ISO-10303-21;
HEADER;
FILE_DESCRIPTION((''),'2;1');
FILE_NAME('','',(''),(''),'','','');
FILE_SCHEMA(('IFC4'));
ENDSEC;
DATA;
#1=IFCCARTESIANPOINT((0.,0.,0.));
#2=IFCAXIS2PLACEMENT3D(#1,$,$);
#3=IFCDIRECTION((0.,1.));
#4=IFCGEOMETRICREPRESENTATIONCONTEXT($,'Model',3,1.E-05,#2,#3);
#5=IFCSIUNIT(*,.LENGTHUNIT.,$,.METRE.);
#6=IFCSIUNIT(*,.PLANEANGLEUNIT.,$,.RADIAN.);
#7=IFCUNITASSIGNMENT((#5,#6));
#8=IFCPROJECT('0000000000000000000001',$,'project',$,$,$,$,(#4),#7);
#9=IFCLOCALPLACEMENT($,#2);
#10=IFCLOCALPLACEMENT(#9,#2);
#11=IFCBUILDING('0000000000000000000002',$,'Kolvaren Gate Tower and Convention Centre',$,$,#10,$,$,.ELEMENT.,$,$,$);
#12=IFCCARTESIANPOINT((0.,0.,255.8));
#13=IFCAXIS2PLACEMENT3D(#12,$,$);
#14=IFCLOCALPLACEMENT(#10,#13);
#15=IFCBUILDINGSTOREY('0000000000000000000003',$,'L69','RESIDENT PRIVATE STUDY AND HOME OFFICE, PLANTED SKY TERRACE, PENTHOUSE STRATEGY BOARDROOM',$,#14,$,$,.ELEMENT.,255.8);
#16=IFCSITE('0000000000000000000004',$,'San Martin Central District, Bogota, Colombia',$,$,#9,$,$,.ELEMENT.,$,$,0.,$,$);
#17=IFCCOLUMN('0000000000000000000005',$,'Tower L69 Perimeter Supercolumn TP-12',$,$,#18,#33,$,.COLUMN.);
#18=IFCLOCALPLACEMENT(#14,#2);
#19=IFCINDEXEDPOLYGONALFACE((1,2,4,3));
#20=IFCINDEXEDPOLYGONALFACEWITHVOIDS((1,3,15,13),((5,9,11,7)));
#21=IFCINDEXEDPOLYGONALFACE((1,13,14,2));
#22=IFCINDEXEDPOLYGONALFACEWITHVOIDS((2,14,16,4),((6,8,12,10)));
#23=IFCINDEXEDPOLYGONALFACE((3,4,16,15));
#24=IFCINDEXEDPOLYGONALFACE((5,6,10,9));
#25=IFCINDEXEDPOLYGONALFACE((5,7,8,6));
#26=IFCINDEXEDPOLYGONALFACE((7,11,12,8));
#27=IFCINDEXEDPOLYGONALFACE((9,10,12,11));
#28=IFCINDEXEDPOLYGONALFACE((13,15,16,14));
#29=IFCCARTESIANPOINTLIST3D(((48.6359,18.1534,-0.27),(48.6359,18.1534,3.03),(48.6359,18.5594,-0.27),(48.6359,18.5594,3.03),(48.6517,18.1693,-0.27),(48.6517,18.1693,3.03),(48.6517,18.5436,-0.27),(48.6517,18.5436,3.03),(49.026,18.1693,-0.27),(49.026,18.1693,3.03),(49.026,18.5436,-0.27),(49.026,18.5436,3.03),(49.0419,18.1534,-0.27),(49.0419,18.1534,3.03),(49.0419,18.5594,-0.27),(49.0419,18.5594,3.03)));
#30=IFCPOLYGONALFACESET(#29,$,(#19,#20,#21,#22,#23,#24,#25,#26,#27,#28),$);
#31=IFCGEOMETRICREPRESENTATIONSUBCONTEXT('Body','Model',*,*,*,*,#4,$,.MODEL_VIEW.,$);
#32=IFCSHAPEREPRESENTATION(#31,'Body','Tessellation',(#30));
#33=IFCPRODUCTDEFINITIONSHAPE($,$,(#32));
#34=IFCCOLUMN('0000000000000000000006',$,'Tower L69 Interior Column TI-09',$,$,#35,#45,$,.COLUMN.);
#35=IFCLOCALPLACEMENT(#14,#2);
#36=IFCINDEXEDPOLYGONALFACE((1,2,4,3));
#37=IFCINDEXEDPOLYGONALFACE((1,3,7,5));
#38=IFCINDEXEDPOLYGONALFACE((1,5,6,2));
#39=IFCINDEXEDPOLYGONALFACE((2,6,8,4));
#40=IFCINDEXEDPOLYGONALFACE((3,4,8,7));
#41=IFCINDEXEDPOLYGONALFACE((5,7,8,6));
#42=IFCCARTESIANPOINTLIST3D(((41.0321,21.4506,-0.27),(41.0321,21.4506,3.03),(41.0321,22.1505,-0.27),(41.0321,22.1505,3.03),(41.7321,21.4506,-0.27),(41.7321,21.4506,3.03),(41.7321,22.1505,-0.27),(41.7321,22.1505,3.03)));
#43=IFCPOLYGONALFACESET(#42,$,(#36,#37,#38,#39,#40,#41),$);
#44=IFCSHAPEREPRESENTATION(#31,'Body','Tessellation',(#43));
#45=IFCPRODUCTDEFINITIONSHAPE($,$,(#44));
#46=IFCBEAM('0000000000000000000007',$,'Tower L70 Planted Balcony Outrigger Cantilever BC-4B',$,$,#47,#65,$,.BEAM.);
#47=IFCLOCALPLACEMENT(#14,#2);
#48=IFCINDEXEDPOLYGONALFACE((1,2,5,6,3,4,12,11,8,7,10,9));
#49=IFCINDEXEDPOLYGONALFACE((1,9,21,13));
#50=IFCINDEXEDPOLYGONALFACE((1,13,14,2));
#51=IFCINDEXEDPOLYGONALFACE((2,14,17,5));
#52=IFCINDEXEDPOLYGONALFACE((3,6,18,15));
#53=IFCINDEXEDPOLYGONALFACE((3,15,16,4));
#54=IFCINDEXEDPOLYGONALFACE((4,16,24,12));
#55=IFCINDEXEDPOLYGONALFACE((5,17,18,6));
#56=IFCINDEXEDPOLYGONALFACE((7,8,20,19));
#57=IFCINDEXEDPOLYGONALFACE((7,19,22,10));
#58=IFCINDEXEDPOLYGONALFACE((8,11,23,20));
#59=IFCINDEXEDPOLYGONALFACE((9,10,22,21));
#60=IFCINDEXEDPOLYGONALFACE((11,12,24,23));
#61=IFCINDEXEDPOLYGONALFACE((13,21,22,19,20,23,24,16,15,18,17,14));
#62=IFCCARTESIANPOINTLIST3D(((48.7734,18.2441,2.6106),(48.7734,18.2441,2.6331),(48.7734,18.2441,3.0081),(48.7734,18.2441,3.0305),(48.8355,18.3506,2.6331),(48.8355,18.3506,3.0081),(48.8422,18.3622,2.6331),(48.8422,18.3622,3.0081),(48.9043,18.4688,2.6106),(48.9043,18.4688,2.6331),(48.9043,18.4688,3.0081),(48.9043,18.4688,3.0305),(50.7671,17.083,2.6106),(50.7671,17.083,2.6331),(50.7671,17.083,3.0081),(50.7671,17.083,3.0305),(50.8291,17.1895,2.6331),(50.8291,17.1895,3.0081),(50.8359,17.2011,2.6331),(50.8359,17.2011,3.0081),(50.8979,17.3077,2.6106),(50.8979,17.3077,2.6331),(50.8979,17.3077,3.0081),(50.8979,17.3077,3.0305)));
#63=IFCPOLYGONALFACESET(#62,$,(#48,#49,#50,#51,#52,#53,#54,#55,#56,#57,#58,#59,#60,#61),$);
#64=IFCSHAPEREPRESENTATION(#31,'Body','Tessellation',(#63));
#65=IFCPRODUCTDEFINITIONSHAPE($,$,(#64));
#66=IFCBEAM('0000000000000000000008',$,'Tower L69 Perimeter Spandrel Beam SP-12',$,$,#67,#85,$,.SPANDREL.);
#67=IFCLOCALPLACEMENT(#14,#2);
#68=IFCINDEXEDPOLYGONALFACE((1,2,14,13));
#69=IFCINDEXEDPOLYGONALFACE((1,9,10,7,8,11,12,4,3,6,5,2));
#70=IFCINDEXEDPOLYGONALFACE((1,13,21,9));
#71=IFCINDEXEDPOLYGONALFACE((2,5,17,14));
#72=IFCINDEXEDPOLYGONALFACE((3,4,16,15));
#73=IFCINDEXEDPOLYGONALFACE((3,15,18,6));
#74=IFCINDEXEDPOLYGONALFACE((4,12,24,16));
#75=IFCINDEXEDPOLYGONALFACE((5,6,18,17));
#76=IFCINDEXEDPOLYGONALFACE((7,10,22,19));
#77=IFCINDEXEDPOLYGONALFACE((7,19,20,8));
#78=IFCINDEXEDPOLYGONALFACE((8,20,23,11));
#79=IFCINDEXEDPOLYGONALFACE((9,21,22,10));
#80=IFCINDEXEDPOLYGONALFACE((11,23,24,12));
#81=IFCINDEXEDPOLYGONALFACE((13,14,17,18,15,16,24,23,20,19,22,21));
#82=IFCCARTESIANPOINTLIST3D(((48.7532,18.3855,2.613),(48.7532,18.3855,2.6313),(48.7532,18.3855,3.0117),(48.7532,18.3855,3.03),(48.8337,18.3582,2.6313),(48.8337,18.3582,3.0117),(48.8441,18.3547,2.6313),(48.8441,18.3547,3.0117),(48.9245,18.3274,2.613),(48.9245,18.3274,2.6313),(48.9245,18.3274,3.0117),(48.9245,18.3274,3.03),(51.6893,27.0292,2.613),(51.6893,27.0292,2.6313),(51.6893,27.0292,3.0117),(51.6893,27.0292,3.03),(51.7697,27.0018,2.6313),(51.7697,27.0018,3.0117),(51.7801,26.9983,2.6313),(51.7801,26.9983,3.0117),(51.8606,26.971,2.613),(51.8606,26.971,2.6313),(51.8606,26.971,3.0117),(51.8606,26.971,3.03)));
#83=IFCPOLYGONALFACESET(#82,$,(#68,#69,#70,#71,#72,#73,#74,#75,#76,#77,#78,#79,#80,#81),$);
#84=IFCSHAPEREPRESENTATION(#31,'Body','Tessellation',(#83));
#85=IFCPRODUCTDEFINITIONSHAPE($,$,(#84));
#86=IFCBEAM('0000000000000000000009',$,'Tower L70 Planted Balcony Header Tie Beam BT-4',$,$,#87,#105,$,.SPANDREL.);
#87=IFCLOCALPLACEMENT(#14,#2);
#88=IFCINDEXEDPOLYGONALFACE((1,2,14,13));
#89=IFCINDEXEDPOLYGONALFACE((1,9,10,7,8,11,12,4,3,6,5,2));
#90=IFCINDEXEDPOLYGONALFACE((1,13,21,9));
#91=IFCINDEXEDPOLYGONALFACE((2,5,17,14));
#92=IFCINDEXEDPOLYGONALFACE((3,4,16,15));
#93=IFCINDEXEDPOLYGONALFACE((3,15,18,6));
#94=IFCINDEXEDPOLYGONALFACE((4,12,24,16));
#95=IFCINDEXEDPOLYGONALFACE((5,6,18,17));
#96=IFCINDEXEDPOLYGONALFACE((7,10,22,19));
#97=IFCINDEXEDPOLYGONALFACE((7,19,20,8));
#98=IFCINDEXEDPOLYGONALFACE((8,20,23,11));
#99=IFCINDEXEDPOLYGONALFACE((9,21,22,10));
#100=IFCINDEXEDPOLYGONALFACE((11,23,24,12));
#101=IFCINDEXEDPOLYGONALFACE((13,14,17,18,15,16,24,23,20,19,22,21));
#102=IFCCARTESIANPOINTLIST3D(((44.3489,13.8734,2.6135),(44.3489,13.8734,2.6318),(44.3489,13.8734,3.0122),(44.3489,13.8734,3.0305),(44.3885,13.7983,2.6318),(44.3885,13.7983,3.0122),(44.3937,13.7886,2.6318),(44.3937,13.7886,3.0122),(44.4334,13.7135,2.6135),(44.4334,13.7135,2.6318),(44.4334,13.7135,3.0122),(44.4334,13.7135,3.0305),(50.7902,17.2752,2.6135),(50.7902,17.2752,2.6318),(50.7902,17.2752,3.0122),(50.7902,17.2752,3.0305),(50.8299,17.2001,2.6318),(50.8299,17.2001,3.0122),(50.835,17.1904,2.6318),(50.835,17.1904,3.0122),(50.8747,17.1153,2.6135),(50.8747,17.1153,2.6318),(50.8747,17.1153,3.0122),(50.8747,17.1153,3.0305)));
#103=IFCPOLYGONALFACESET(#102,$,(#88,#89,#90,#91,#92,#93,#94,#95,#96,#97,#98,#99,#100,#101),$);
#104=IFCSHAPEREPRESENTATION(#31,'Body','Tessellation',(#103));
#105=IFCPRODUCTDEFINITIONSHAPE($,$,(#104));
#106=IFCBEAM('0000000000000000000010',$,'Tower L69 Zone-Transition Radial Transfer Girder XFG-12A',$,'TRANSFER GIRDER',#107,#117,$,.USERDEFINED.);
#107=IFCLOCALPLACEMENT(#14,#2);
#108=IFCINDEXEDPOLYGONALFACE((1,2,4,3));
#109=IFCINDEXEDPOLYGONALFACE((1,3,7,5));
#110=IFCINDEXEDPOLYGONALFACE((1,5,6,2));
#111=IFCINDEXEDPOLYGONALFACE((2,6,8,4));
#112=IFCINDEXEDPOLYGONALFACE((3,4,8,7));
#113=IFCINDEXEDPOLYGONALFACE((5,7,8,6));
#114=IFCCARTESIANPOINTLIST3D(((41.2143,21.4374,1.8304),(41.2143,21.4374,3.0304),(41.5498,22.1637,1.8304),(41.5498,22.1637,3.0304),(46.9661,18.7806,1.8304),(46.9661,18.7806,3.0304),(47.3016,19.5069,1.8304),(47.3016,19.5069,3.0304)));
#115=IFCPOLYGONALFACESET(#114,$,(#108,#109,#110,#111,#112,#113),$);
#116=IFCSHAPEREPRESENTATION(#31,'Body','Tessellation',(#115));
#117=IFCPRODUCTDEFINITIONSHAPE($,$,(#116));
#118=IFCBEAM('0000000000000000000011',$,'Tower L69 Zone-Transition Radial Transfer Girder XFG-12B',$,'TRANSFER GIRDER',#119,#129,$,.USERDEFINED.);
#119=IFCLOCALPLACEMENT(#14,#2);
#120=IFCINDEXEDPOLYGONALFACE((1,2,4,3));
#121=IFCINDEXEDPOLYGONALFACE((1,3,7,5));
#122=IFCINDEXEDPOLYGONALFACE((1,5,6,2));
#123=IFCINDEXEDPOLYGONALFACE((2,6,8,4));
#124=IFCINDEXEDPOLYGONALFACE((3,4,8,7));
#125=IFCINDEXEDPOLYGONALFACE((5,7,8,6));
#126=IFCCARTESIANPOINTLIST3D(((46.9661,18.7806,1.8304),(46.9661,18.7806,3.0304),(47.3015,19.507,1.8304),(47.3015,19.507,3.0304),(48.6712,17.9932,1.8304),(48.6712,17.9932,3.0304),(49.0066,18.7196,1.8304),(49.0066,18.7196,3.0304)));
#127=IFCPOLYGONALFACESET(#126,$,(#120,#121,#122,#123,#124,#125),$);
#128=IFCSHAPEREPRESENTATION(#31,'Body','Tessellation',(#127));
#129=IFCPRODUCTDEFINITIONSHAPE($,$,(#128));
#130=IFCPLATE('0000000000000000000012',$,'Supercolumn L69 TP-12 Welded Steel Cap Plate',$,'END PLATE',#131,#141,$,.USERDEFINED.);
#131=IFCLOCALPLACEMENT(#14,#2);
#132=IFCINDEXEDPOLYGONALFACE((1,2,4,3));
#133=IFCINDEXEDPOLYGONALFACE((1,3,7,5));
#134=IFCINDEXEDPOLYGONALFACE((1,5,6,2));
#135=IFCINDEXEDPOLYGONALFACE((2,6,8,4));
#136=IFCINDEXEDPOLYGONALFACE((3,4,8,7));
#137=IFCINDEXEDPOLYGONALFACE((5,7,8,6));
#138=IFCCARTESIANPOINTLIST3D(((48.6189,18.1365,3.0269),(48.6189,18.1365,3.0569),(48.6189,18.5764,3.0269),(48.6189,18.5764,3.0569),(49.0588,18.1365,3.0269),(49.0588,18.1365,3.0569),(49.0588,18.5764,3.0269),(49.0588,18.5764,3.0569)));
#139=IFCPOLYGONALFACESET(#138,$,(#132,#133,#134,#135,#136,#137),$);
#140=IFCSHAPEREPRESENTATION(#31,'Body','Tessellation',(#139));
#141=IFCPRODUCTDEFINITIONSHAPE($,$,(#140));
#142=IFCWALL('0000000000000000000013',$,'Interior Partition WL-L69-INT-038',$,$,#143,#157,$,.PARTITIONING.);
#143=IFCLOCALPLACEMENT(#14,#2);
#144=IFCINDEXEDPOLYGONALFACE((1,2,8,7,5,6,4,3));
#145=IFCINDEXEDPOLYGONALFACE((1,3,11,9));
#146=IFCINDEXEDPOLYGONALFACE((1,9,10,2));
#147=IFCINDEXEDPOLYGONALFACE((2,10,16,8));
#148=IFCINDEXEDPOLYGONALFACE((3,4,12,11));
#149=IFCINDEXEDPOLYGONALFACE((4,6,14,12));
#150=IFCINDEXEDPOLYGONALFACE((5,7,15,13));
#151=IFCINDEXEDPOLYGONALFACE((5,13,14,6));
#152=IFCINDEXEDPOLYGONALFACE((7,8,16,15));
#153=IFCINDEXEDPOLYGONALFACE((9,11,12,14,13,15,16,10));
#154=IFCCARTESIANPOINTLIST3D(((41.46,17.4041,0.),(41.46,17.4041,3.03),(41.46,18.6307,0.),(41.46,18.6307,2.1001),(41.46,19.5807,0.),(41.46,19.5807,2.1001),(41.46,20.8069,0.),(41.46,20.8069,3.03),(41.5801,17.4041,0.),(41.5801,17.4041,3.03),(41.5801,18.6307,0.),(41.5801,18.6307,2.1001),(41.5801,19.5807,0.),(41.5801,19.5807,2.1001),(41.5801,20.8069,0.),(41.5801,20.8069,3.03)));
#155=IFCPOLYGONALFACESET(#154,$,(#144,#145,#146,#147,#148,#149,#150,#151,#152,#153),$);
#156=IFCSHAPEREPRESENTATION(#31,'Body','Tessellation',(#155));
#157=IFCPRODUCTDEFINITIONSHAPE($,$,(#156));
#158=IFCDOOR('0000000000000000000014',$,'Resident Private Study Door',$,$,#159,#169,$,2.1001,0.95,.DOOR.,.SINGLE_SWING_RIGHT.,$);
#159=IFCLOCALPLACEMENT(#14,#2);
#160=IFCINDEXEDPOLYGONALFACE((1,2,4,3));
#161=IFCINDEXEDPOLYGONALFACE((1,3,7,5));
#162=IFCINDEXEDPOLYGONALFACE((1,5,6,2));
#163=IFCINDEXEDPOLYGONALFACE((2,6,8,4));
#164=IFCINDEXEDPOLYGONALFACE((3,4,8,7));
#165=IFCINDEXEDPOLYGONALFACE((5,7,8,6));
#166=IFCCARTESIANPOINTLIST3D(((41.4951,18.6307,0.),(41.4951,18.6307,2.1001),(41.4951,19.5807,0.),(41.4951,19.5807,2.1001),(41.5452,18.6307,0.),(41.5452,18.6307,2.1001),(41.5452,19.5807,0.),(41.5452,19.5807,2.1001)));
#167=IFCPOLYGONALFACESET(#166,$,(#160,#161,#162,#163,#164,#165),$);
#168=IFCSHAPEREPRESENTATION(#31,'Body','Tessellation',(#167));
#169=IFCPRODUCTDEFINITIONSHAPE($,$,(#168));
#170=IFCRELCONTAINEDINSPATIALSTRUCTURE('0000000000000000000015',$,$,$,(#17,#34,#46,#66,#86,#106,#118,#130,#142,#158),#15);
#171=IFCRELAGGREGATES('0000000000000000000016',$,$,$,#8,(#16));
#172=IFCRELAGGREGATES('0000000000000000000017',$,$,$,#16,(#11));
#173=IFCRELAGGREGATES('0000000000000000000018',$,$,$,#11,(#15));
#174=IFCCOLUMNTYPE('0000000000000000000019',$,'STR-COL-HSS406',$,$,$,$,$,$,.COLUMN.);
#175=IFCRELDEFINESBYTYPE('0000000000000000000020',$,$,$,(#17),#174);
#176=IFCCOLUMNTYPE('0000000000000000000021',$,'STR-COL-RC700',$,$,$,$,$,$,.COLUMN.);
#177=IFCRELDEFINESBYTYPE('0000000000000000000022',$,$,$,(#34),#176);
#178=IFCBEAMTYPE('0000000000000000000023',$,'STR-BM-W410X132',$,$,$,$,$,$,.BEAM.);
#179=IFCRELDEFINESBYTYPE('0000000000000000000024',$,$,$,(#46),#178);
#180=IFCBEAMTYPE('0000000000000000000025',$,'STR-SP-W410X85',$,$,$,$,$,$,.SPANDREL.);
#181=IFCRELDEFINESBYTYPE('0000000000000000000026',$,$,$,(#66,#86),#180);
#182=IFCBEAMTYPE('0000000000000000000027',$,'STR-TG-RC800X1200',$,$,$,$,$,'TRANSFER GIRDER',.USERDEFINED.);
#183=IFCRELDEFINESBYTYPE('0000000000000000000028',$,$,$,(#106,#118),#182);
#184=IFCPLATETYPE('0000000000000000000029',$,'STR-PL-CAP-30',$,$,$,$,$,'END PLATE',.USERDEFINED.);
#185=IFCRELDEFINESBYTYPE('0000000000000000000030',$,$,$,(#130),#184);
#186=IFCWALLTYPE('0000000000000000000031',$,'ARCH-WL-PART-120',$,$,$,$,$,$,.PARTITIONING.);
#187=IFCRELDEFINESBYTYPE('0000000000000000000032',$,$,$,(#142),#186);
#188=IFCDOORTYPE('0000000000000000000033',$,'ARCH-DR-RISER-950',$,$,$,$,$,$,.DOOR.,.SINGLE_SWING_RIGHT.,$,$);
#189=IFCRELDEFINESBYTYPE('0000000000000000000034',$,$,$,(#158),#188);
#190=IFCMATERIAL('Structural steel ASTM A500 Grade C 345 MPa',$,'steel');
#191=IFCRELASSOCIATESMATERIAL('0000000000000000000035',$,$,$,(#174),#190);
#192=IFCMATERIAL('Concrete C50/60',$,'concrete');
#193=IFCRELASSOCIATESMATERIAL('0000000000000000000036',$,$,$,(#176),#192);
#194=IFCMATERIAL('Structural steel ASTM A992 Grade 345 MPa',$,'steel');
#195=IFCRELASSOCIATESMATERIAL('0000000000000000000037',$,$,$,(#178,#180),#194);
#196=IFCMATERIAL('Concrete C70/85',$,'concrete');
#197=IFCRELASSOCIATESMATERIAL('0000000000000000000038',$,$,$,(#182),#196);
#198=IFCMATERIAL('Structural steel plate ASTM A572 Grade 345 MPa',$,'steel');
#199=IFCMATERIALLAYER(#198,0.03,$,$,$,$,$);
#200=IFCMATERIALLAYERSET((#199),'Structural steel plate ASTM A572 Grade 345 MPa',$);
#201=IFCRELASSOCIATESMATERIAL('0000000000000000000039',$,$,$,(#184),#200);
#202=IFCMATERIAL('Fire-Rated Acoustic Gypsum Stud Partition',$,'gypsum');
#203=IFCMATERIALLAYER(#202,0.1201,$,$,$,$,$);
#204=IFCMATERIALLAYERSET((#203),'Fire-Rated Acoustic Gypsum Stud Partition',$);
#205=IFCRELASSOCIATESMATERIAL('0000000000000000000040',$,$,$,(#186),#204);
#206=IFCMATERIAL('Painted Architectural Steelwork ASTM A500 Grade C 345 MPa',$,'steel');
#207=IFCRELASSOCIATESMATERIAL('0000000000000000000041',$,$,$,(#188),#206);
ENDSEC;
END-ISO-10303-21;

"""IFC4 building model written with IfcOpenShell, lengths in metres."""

from ifc_helpers import new_model, si_unit, direction, frame, frame_2d, origin, origin_2d, place, context, subcontext, project, spatial, rectangle, hollow_rectangle, i_section, extrude, material, layer, layer_set, material_profile, profile_set, type_object, element, fill, save


model = new_model("IFC4")

# Units and contexts
model_context = context("Model", 3, precision=1e-05, world=origin(), true_north=direction((0.0, 1.0)))
body_context = subcontext(model_context, "Body", "Model", "MODEL_VIEW")
ifc_project = project(units=[si_unit("LENGTHUNIT", "METRE"), si_unit("PLANEANGLEUNIT", "RADIAN")], contexts=[model_context])

# Site, building, storey
site_placement = place(None, origin())
site = spatial("IfcSite", under=ifc_project, at=site_placement, Name="San Martin Central District, Bogota, Colombia", CompositionType="ELEMENT", RefElevation=0.0)
building_placement = place(site_placement, origin())
building = spatial("IfcBuilding", under=site, at=building_placement, Name="Kolvaren Gate Tower and Convention Centre", CompositionType="ELEMENT")
storey_placement = place(building_placement, frame((0.0, 0.0, 255.8)))
storey = spatial("IfcBuildingStorey", under=building, at=storey_placement, Name="L69", Description="RESIDENT PRIVATE STUDY AND HOME OFFICE, PLANTED SKY TERRACE, PENTHOUSE STRATEGY BOARDROOM", CompositionType="ELEMENT", Elevation=255.8)

# Columns
ifc_material_1 = material(Name="Structural steel ASTM A500 Grade C 345 MPa", Category="steel")
ifc_material_profile_1 = material_profile(ifc_material_1, hollow_rectangle(XDim=0.406, YDim=0.406, WallThickness=0.0159, at=origin_2d()), Name="HSS406X406X15.9")
ifc_profile_set_1 = profile_set([ifc_material_profile_1], Name="Structural steel ASTM A500 Grade C 345 MPa")
column_type_1 = type_object("IfcColumnType", Name="STR-COL-HSS406", PredefinedType="COLUMN", material=ifc_profile_set_1)
column_1_placement = place(storey_placement, frame((48.8389, 18.3564, -0.27), z_axis=(0.0, 0.0, 1.0), x_axis=(1.0, 0.0, 0.0)))
element("IfcColumn", 1, at=column_1_placement, inside=storey, type_object=column_type_1, Name="Tower L69 Perimeter Supercolumn TP-12", PredefinedType="COLUMN", context=body_context, shape_type="SweptSolid", body=[
    extrude(hollow_rectangle(XDim=0.406, YDim=0.406, WallThickness=0.0159, at=origin_2d()), origin(), (0.0, 0.0, 1.0), 3.3),
])
ifc_material_2 = material(Name="Concrete C50/60", Category="concrete")
ifc_material_profile_2 = material_profile(ifc_material_2, rectangle(XDim=0.7, YDim=0.7, at=origin_2d()), Name="RC-COL-700X700")
ifc_profile_set_2 = profile_set([ifc_material_profile_2], Name="Concrete C50/60")
column_type_2 = type_object("IfcColumnType", Name="STR-COL-RC700", PredefinedType="COLUMN", material=ifc_profile_set_2)
column_2_placement = place(storey_placement, frame((41.3821, 21.8005, -0.27), z_axis=(0.0, 0.0, 1.0), x_axis=(1.0, 0.0, 0.0)))
element("IfcColumn", 2, at=column_2_placement, inside=storey, type_object=column_type_2, Name="Tower L69 Interior Column TI-09", PredefinedType="COLUMN", context=body_context, shape_type="SweptSolid", body=[
    extrude(rectangle(XDim=0.7, YDim=0.7, at=origin_2d()), origin(), (0.0, 0.0, 1.0), 3.3),
])

# Beams
ifc_material_3 = material(Name="Structural steel ASTM A992 Grade 345 MPa", Category="steel")
ifc_material_profile_3 = material_profile(ifc_material_3, i_section(OverallWidth=0.26, OverallDepth=0.4199, WebThickness=0.0134, FlangeThickness=0.0225, at=origin_2d()), Name="W410X132")
ifc_profile_set_3 = profile_set([ifc_material_profile_3], Name="Structural steel ASTM A992 Grade 345 MPa")
beam_type_1 = type_object("IfcBeamType", Name="STR-BM-W410X132", PredefinedType="BEAM", material=ifc_profile_set_3)
beam_1_placement = place(storey_placement, frame((48.8389, 18.3564, 2.8206), z_axis=(0.864124, -0.503279, 0.0), x_axis=(0.503279, 0.864124, 0.0)))
element("IfcBeam", 3, at=beam_1_placement, inside=storey, type_object=beam_type_1, Name="Tower L70 Planted Balcony Outrigger Cantilever BC-4B", PredefinedType="BEAM", context=body_context, shape_type="SweptSolid", body=[
    extrude(i_section(OverallWidth=0.26, OverallDepth=0.4199, WebThickness=0.0134, FlangeThickness=0.0225, at=origin_2d()), origin(), (0.0, 0.0, 1.0), 2.3071),
])
ifc_material_profile_4 = material_profile(ifc_material_3, i_section(OverallWidth=0.1809, OverallDepth=0.417, WebThickness=0.011, FlangeThickness=0.0183, at=origin_2d()), Name="W410X85")
ifc_profile_set_4 = profile_set([ifc_material_profile_4], Name="Structural steel ASTM A992 Grade 345 MPa")
beam_type_2 = type_object("IfcBeamType", Name="STR-SP-W410X85", PredefinedType="SPANDREL", material=ifc_profile_set_4)
beam_2_placement = place(storey_placement, frame((48.8389, 18.3564, 2.8215), z_axis=(0.32163, 0.946865, 0.0), x_axis=(-0.946865, 0.32163, 0.0)))
element("IfcBeam", 4, at=beam_2_placement, inside=storey, type_object=beam_type_2, Name="Tower L69 Perimeter Spandrel Beam SP-12", PredefinedType="SPANDREL", context=body_context, shape_type="SweptSolid", body=[
    extrude(i_section(OverallWidth=0.1809, OverallDepth=0.417, WebThickness=0.011, FlangeThickness=0.0183, at=origin_2d()), origin(), (0.0, 0.0, 1.0), 9.1287),
])
beam_3_placement = place(storey_placement, frame((44.3911, 13.7935, 2.822), z_axis=(0.884259, 0.466997, 0.0), x_axis=(-0.466997, 0.884259, 0.0)))
element("IfcBeam", 5, at=beam_3_placement, inside=storey, type_object=beam_type_2, Name="Tower L70 Planted Balcony Header Tie Beam BT-4", PredefinedType="SPANDREL", context=body_context, shape_type="SweptSolid", body=[
    extrude(i_section(OverallWidth=0.1809, OverallDepth=0.417, WebThickness=0.011, FlangeThickness=0.0183, at=origin_2d()), origin(), (0.0, 0.0, 1.0), 7.2844),
])
ifc_material_4 = material(Name="Concrete C70/85", Category="concrete")
ifc_material_profile_5 = material_profile(ifc_material_4, rectangle(XDim=0.8, YDim=1.2, at=origin_2d()), Name="RC-BM-800X1200")
ifc_profile_set_5 = profile_set([ifc_material_profile_5], Name="Concrete C70/85")
beam_type_3 = type_object("IfcBeamType", Name="STR-TG-RC800X1200", ElementType="TRANSFER GIRDER", PredefinedType="USERDEFINED", material=ifc_profile_set_5)
beam_4_placement = place(storey_placement, frame((41.3821, 21.8005, 2.4304), z_axis=(0.907833, -0.419332, 0.0), x_axis=(0.419332, 0.907833, 0.0)))
element("IfcBeam", 6, at=beam_4_placement, inside=storey, type_object=beam_type_3, Name="Tower L69 Zone-Transition Radial Transfer Girder XFG-12A", ObjectType="TRANSFER GIRDER", PredefinedType="USERDEFINED", context=body_context, shape_type="SweptSolid", body=[
    extrude(rectangle(XDim=0.8, YDim=1.2, at=origin_2d()), origin(), (0.0, 0.0, 1.0), 6.3357),
])
beam_5_placement = place(storey_placement, frame((47.1338, 19.1438, 2.4304), z_axis=(0.907879, -0.419231, 0.0), x_axis=(0.419231, 0.907879, 0.0)))
element("IfcBeam", 7, at=beam_5_placement, inside=storey, type_object=beam_type_3, Name="Tower L69 Zone-Transition Radial Transfer Girder XFG-12B", ObjectType="TRANSFER GIRDER", PredefinedType="USERDEFINED", context=body_context, shape_type="SweptSolid", body=[
    extrude(rectangle(XDim=0.8, YDim=1.2, at=origin_2d()), origin(), (0.0, 0.0, 1.0), 1.8782),
])

# Plate
ifc_material_5 = material(Name="Structural steel plate ASTM A572 Grade 345 MPa", Category="steel")
ifc_layer_1 = layer(ifc_material_5, 0.03)
ifc_layer_set_1 = layer_set([ifc_layer_1], Name="Structural steel plate ASTM A572 Grade 345 MPa")
plate_type = type_object("IfcPlateType", Name="STR-PL-CAP-30", ElementType="END PLATE", PredefinedType="USERDEFINED", material=ifc_layer_set_1)
plate_placement = place(storey_placement, frame((48.8389, 18.3564, 3.0269), z_axis=(0.0, 0.0, 1.0), x_axis=(1.0, 0.0, 0.0)))
element("IfcPlate", 8, at=plate_placement, inside=storey, type_object=plate_type, Name="Supercolumn L69 TP-12 Welded Steel Cap Plate", ObjectType="END PLATE", PredefinedType="USERDEFINED", context=body_context, shape_type="SweptSolid", body=[
    extrude(rectangle(XDim=0.4399, YDim=0.4399, at=origin_2d()), origin(), (0.0, 0.0, 1.0), 0.03),
])

# Wall, opening, door
ifc_material_6 = material(Name="Fire-Rated Acoustic Gypsum Stud Partition", Category="gypsum")
ifc_layer_2 = layer(ifc_material_6, 0.1201)
ifc_layer_set_2 = layer_set([ifc_layer_2], Name="Fire-Rated Acoustic Gypsum Stud Partition")
wall_type_1 = type_object("IfcWallType", Name="ARCH-WL-PART-120", PredefinedType="PARTITIONING", material=ifc_layer_set_2)
wall_1_placement = place(storey_placement, frame((41.52, 17.4041, 0.0), z_axis=(0.0, 0.0, 1.0), x_axis=(0.0, 1.0, 0.0)))
wall_1 = element("IfcWall", 9, at=wall_1_placement, inside=storey, type_object=wall_type_1, Name="Interior Partition WL-L69-INT-038", PredefinedType="PARTITIONING", context=body_context, shape_type="SweptSolid", body=[
    extrude(rectangle(XDim=3.4028, YDim=0.1201, at=frame_2d((1.7014, 0.0))), origin(), (0.0, 0.0, 1.0), 3.03),
])
opening_1_placement = place(wall_1_placement, frame((1.2266, 0.0, 0.0)))
opening_1 = element("IfcOpeningElement", 10, at=opening_1_placement, cuts=wall_1, PredefinedType="OPENING", context=body_context, shape_type="SweptSolid", body=[
    extrude(rectangle(XDim=0.95, YDim=2.1001, at=frame_2d((0.4751, 1.05))), frame((0.0, 0.0701, 0.0), z_axis=(0.0, -1.0, 0.0), x_axis=(1.0, 0.0, 0.0)), (0.0, 0.0, 1.0), 0.1401),
])
ifc_material_7 = material(Name="Painted Architectural Steelwork ASTM A500 Grade C 345 MPa", Category="steel")
door_type_1 = type_object("IfcDoorType", Name="ARCH-DR-RISER-950", OperationType="SINGLE_SWING_RIGHT", PredefinedType="DOOR", material=ifc_material_7)
door_1_placement = place(opening_1_placement, origin())
door_1 = element("IfcDoor", 11, at=door_1_placement, inside=storey, type_object=door_type_1, Name="Resident Private Study Door", OperationType="SINGLE_SWING_RIGHT", OverallHeight=2.1001, OverallWidth=0.95, PredefinedType="DOOR", context=body_context, shape_type="SweptSolid", body=[
    extrude(rectangle(XDim=0.95, YDim=2.1001, at=frame_2d((0.4751, 1.05))), frame((0.0, 0.0249, 0.0), z_axis=(0.0, -1.0, 0.0), x_axis=(1.0, 0.0, 0.0)), (0.0, 0.0, 1.0), 0.05),
])
fill(opening_1, door_1)

save(model, "model.ifc")
